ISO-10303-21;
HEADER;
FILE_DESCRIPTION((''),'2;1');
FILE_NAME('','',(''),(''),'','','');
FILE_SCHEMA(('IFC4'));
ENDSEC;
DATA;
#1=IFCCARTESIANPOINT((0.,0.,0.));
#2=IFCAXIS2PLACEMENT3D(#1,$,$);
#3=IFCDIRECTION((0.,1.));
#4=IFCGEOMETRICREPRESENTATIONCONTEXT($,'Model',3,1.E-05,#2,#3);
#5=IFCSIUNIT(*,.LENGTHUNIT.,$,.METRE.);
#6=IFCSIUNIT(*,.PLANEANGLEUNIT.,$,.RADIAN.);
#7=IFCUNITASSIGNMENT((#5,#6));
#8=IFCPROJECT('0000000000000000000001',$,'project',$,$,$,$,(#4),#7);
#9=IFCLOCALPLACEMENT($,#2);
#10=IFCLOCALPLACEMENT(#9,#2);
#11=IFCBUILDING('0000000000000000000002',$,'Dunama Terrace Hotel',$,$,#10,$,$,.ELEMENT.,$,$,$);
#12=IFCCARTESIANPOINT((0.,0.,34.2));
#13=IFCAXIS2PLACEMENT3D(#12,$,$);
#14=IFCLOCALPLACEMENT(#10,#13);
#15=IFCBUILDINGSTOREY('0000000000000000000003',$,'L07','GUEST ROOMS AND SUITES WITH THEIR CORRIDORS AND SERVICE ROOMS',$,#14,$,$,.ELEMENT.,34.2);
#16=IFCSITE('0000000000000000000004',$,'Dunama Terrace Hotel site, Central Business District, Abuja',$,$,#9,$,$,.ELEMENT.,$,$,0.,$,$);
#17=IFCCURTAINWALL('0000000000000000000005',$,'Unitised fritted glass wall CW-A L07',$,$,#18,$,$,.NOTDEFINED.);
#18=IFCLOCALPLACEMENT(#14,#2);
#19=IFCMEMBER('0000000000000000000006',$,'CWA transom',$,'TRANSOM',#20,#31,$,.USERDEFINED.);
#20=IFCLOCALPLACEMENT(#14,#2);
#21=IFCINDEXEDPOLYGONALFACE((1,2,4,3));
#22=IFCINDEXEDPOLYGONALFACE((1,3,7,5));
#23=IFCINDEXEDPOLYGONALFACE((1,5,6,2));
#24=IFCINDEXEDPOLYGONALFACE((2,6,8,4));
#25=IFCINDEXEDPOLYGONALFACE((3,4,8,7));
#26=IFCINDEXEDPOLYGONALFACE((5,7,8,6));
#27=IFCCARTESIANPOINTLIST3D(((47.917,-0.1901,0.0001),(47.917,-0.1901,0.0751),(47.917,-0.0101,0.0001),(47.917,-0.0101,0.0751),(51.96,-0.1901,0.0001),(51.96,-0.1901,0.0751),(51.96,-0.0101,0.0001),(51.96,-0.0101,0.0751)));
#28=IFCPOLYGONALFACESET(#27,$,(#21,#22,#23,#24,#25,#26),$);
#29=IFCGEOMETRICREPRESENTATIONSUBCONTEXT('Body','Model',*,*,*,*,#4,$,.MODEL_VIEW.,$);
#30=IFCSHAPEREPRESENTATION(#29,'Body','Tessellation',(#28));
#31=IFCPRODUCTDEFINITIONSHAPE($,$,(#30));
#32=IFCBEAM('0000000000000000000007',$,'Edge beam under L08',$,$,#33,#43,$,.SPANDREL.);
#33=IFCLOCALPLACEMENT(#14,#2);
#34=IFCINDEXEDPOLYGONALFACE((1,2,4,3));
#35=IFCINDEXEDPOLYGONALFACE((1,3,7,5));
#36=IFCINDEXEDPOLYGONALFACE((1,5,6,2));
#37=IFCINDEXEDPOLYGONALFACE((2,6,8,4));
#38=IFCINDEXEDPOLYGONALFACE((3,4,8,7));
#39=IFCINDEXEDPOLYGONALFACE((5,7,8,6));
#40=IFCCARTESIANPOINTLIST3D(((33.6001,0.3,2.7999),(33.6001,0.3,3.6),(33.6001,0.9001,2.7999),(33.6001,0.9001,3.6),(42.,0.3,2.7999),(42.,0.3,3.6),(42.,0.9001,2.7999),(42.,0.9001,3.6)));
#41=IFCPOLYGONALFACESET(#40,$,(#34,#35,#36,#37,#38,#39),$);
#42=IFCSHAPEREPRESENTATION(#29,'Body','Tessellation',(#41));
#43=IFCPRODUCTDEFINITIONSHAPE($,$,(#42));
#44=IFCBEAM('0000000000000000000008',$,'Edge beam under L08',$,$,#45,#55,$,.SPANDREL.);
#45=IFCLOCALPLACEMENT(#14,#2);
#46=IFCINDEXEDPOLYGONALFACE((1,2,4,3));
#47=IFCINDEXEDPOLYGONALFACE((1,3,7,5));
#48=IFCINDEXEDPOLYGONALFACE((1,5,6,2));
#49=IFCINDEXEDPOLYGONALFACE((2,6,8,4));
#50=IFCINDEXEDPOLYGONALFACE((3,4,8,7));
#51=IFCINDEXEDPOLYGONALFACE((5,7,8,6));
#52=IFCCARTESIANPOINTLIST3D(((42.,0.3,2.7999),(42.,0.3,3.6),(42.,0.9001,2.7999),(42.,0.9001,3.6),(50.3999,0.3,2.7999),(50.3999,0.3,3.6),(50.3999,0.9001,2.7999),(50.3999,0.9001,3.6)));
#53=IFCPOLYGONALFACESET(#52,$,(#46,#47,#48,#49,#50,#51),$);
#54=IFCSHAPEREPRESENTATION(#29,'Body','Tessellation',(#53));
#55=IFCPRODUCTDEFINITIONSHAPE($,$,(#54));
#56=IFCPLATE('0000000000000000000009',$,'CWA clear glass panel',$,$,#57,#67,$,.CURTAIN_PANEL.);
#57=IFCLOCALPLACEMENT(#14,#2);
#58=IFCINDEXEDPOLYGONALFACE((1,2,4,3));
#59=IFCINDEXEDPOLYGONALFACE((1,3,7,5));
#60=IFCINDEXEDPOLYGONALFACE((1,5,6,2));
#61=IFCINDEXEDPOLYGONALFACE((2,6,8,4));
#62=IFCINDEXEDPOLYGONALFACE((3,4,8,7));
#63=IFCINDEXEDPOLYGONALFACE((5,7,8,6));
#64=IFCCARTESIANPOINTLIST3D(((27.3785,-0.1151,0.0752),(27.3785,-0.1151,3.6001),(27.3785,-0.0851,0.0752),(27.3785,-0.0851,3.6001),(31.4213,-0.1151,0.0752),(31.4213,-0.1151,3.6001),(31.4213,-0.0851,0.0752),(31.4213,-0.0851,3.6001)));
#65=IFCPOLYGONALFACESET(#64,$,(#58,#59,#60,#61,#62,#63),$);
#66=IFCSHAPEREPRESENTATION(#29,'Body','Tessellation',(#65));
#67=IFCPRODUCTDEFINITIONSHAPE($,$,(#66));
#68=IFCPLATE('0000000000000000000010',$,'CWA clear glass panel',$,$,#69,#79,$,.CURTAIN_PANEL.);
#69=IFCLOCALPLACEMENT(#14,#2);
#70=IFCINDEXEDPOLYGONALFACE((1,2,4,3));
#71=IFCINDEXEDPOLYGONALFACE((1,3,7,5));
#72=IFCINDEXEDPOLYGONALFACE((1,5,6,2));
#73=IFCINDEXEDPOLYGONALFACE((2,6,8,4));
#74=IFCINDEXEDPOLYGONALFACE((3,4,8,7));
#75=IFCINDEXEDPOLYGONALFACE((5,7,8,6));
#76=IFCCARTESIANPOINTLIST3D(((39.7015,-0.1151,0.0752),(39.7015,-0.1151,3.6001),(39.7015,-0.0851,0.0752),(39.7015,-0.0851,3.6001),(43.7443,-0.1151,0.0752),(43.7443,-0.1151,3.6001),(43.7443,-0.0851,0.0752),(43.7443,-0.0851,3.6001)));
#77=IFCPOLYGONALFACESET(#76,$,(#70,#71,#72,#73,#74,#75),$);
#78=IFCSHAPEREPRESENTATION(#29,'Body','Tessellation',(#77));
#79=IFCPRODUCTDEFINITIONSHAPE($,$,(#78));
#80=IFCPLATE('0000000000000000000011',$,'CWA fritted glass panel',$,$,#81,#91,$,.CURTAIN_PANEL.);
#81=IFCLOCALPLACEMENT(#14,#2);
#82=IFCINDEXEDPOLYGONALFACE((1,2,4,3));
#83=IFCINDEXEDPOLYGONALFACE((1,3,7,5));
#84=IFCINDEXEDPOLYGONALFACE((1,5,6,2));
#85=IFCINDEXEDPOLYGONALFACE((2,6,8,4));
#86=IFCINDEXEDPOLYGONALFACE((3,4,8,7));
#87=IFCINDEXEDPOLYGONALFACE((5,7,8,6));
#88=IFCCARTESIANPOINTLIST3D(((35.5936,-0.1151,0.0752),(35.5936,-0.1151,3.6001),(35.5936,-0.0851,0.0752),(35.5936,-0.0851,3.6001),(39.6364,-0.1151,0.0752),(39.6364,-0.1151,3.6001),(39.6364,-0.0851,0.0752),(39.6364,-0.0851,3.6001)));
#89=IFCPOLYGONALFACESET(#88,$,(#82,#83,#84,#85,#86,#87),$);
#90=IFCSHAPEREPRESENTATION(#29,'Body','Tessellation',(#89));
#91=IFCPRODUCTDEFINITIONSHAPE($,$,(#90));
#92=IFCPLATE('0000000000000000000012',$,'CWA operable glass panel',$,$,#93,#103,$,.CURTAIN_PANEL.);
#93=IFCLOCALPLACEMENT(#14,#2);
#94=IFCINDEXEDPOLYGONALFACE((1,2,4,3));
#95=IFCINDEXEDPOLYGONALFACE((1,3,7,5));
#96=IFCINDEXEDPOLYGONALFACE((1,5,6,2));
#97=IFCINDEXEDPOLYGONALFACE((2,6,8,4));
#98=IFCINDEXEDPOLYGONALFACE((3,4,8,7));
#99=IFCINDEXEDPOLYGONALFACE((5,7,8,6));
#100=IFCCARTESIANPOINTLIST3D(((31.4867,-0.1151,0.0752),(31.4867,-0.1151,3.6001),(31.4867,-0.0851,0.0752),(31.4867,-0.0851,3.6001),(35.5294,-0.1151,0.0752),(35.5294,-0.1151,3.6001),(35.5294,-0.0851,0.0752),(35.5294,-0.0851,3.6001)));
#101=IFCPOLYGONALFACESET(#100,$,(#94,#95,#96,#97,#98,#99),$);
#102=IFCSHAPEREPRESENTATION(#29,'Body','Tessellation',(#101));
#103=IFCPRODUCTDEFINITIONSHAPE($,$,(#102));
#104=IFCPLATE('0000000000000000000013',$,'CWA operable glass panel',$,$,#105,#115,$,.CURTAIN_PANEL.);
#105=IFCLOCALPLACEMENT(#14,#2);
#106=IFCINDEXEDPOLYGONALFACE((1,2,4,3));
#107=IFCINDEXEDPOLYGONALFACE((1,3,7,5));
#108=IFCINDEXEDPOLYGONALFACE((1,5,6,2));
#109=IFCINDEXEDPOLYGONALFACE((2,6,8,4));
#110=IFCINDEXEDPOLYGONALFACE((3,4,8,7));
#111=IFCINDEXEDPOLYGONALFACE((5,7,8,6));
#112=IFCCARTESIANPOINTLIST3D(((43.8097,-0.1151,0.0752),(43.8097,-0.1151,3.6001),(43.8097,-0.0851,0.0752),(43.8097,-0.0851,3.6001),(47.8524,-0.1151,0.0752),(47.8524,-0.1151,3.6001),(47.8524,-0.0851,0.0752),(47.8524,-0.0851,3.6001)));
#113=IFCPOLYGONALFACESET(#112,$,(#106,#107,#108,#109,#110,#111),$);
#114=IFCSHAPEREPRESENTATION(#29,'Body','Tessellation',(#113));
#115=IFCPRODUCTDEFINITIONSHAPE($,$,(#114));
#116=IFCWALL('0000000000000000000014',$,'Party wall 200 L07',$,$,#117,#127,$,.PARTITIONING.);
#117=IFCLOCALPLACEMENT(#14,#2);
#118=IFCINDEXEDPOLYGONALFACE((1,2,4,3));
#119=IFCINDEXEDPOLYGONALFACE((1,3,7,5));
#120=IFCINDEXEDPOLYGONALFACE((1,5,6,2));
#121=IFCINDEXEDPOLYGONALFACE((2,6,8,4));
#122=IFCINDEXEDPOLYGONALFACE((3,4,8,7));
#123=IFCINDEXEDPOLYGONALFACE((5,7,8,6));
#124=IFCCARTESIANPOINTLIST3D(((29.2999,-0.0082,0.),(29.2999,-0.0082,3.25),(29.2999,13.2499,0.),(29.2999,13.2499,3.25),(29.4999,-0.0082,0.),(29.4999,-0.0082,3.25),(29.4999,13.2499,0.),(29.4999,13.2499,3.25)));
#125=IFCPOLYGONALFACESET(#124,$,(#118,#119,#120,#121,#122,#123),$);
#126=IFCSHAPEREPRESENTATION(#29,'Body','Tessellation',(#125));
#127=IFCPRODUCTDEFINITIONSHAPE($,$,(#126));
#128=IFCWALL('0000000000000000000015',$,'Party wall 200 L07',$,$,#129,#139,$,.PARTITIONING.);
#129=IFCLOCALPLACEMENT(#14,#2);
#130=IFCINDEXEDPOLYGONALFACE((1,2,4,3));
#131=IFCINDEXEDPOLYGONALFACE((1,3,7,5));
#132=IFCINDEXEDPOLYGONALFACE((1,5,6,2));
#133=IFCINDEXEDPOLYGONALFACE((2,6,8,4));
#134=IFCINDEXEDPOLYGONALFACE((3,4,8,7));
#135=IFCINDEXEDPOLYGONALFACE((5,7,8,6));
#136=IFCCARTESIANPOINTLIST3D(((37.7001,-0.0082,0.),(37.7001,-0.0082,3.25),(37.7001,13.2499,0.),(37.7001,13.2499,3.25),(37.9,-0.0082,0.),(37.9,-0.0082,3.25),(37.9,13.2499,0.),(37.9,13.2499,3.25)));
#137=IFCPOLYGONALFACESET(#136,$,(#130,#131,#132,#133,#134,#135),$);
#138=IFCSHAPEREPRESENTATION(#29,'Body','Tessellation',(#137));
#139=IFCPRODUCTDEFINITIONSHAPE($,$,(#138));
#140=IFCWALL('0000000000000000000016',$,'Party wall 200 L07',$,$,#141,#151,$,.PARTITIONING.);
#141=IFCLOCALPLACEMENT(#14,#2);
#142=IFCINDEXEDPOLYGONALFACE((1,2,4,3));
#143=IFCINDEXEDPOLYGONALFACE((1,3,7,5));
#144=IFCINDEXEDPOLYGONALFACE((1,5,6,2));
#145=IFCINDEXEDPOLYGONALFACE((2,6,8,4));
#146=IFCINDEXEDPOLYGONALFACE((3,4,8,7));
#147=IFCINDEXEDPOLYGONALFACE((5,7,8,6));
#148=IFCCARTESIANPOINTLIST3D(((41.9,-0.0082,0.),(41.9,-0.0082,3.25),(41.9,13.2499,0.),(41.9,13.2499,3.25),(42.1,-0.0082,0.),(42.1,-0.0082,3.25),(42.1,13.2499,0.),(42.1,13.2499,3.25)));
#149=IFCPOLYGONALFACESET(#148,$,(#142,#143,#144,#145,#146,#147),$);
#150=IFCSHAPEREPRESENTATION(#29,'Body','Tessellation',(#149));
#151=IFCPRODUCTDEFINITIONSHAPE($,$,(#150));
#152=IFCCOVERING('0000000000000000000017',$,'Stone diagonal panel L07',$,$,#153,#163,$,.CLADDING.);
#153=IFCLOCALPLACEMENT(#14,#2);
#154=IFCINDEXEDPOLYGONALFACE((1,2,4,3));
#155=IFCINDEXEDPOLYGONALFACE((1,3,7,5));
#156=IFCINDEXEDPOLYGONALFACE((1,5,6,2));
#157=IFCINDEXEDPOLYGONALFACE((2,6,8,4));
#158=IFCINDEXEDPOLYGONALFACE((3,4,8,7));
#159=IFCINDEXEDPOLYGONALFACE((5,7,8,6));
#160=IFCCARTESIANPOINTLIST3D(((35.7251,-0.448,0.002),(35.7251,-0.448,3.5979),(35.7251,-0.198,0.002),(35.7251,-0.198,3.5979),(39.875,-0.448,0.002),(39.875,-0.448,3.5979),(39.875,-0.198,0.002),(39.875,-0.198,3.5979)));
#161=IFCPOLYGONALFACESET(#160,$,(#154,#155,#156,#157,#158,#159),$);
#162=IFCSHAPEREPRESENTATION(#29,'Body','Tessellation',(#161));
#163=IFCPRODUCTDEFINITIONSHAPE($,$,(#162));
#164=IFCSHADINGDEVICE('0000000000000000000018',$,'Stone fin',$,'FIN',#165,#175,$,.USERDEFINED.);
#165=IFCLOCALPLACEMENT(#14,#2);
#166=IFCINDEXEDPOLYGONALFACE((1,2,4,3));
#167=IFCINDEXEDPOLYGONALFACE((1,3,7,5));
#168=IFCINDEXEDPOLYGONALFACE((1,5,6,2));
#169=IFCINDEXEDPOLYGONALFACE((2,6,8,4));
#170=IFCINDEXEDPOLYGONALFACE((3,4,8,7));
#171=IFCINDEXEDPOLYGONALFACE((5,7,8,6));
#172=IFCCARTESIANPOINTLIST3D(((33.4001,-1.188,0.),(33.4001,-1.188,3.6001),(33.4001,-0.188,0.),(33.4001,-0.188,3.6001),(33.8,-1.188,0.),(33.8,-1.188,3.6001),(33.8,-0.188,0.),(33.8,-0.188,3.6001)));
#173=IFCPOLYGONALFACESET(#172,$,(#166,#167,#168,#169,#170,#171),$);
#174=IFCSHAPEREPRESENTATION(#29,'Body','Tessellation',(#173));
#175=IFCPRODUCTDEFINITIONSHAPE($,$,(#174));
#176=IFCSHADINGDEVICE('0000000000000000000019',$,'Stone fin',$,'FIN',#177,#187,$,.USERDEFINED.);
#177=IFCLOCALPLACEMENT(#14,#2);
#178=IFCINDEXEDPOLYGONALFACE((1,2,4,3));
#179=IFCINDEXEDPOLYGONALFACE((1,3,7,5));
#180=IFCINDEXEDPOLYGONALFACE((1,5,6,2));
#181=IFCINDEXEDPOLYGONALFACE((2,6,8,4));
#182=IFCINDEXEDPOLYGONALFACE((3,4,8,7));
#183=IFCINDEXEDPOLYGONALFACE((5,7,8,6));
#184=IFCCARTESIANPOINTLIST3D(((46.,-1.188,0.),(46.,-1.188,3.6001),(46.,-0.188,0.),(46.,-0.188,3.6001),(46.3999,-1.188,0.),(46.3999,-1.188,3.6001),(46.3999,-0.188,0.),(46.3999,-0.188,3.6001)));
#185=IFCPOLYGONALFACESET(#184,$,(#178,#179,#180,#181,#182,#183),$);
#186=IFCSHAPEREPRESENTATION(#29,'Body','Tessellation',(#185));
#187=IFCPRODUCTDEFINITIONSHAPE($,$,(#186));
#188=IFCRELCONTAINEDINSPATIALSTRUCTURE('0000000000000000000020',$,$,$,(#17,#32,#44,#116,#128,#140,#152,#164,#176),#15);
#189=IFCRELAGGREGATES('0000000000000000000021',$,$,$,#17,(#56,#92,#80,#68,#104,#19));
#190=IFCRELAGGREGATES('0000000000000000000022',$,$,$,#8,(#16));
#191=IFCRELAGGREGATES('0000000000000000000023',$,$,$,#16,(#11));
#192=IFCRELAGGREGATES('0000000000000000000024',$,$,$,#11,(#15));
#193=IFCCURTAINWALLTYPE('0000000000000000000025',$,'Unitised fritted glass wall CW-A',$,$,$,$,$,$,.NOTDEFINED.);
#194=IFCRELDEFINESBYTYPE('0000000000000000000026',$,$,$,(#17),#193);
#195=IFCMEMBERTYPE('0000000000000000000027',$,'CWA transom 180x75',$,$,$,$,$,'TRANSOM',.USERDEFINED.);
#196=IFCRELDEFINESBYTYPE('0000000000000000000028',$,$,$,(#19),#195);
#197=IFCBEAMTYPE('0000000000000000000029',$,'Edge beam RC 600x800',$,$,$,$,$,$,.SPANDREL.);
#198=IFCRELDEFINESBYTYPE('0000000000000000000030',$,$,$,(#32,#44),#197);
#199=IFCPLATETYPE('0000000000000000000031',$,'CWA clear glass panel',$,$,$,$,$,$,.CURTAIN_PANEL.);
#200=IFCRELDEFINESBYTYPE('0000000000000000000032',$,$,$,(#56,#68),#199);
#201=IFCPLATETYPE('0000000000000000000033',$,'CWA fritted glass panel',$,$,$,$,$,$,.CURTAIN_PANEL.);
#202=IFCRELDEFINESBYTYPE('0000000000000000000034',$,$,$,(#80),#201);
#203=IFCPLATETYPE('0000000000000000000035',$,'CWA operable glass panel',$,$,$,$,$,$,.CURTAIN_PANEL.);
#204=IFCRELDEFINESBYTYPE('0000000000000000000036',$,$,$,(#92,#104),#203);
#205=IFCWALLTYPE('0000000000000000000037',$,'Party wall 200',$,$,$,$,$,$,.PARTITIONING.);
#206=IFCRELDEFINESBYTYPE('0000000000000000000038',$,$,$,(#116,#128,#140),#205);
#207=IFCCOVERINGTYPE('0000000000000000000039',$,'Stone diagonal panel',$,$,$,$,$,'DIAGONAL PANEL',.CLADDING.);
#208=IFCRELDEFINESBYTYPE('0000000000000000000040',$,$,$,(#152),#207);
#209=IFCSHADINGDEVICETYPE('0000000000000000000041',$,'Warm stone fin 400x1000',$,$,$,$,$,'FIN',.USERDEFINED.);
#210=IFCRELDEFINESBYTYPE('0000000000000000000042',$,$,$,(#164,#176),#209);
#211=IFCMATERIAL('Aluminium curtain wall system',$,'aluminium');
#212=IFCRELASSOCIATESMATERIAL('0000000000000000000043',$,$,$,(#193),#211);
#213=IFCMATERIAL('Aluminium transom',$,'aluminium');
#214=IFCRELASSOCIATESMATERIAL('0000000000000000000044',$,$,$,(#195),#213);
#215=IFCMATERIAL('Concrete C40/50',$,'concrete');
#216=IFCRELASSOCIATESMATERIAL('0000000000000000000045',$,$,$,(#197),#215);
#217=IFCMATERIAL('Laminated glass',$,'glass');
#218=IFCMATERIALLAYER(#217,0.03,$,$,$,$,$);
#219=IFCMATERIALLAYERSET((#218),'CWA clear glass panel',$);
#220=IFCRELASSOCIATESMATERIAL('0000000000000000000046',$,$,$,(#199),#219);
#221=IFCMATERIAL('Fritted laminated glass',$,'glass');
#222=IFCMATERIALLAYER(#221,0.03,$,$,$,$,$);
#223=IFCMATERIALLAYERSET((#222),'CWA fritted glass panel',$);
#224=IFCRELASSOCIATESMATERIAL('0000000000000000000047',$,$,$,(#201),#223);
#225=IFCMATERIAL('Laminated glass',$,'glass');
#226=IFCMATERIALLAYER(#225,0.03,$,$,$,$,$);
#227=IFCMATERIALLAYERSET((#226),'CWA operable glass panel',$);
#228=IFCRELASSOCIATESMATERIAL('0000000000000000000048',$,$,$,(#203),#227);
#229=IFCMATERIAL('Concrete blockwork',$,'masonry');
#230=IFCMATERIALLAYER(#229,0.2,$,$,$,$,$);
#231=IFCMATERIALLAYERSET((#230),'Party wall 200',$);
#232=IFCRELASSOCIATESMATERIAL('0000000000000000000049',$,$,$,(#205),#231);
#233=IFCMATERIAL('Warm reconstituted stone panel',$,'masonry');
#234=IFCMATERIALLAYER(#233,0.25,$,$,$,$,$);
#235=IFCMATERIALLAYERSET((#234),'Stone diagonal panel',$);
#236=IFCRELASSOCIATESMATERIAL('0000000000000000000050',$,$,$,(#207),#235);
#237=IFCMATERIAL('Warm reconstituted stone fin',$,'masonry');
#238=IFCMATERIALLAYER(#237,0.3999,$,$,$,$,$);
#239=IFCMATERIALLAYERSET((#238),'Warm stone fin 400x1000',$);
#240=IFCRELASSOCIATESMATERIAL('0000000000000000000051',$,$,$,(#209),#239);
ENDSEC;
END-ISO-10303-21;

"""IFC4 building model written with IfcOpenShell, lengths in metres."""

from ifc_helpers import new_model, si_unit, direction, frame, frame_2d, origin, origin_2d, place, context, subcontext, project, spatial, rectangle, extrude, material, layer, layer_set, material_profile, profile_set, type_object, element, aggregate, save


model = new_model("IFC4")

# Units and contexts
model_context = context("Model", 3, precision=1e-05, world=origin(), true_north=direction((0.0, 1.0)))
body_context = subcontext(model_context, "Body", "Model", "MODEL_VIEW")
ifc_project = project(units=[si_unit("LENGTHUNIT", "METRE"), si_unit("PLANEANGLEUNIT", "RADIAN")], contexts=[model_context])

# Site, building, storey
site_placement = place(None, origin())
site = spatial("IfcSite", under=ifc_project, at=site_placement, Name="Dunama Terrace Hotel site, Central Business District, Abuja", CompositionType="ELEMENT", RefElevation=0.0)
building_placement = place(site_placement, origin())
building = spatial("IfcBuilding", under=site, at=building_placement, Name="Dunama Terrace Hotel", CompositionType="ELEMENT")
storey_placement = place(building_placement, frame((0.0, 0.0, 34.2)))
storey = spatial("IfcBuildingStorey", under=building, at=storey_placement, Name="L07", Description="GUEST ROOMS AND SUITES WITH THEIR CORRIDORS AND SERVICE ROOMS", CompositionType="ELEMENT", Elevation=34.2)

# Curtain wall, member
ifc_material_1 = material(Name="Aluminium curtain wall system", Category="aluminium")
curtain_wall_type = type_object("IfcCurtainWallType", Name="Unitised fritted glass wall CW-A", PredefinedType="NOTDEFINED", material=ifc_material_1)
curtain_wall_placement = place(storey_placement, origin())
curtain_wall = element("IfcCurtainWall", 1, at=curtain_wall_placement, inside=storey, type_object=curtain_wall_type, Name="Unitised fritted glass wall CW-A L07", PredefinedType="NOTDEFINED")
ifc_material_2 = material(Name="Aluminium transom", Category="aluminium")
ifc_material_profile_1 = material_profile(ifc_material_2, rectangle(XDim=0.1799, YDim=0.075, at=origin_2d()), Name="CWA TRANSOM 180X75")
ifc_profile_set_1 = profile_set([ifc_material_profile_1], Name="Aluminium transom")
member_type_1 = type_object("IfcMemberType", Name="CWA transom 180x75", ElementType="TRANSOM", PredefinedType="USERDEFINED", material=ifc_profile_set_1)
member_1_placement = place(storey_placement, frame((47.917, -0.1001, 0.0376), z_axis=(1.0, 0.0, 0.0), x_axis=(0.0, 1.0, 0.0)))
member_1 = element("IfcMember", 2, at=member_1_placement, type_object=member_type_1, Name="CWA transom", ObjectType="TRANSOM", PredefinedType="USERDEFINED", context=body_context, shape_type="SweptSolid", body=[
    extrude(rectangle(XDim=0.1799, YDim=0.075, at=origin_2d()), origin(), (0.0, 0.0, 1.0), 4.043),
])

# Beams
ifc_material_3 = material(Name="Concrete C40/50", Category="concrete")
ifc_material_profile_2 = material_profile(ifc_material_3, rectangle(XDim=0.6001, YDim=0.8, at=origin_2d()), Name="RC 600x800")
ifc_profile_set_2 = profile_set([ifc_material_profile_2], Name="Concrete C40/50")
beam_type = type_object("IfcBeamType", Name="Edge beam RC 600x800", PredefinedType="SPANDREL", material=ifc_profile_set_2)
for number, where, z_axis, x_axis, name in (
    (3, (33.6001, 0.6001, 3.2), (1.0, 0.0, 0.0), (0.0, 1.0, 0.0), "Edge beam under L08"),
    (4, (42.0, 0.6001, 3.2), (1.0, 0.0, 0.0), (0.0, 1.0, 0.0), "Edge beam under L08"),
):
    element("IfcBeam", number, at=place(storey_placement, frame(where, z_axis=z_axis, x_axis=x_axis)), inside=storey, type_object=beam_type, Name=name, PredefinedType="SPANDREL", context=body_context, shape_type="SweptSolid", body=[
        extrude(rectangle(XDim=0.6001, YDim=0.8, at=origin_2d()), origin(), (0.0, 0.0, 1.0), 8.3999),
    ])

# Plates
ifc_material_4 = material(Name="Laminated glass", Category="glass")
ifc_layer_1 = layer(ifc_material_4, 0.03)
ifc_layer_set_1 = layer_set([ifc_layer_1], Name="CWA clear glass panel")
plate_type_1 = type_object("IfcPlateType", Name="CWA clear glass panel", PredefinedType="CURTAIN_PANEL", material=ifc_layer_set_1)
plate_1_placement = place(storey_placement, frame((29.3999, -0.1001, 0.0752), z_axis=(0.0, 0.0, 1.0), x_axis=(1.0, 0.0, 0.0)))
plate_1 = element("IfcPlate", 5, at=plate_1_placement, type_object=plate_type_1, Name="CWA clear glass panel", PredefinedType="CURTAIN_PANEL", context=body_context, shape_type="SweptSolid", body=[
    extrude(rectangle(XDim=4.0427, YDim=0.03, at=origin_2d()), origin(), (0.0, 0.0, 1.0), 3.5249),
])
plate_2_placement = place(storey_placement, frame((41.7229, -0.1001, 0.0752), z_axis=(0.0, 0.0, 1.0), x_axis=(1.0, 0.0, 0.0)))
plate_2 = element("IfcPlate", 6, at=plate_2_placement, type_object=plate_type_1, Name="CWA clear glass panel", PredefinedType="CURTAIN_PANEL", context=body_context, shape_type="SweptSolid", body=[
    extrude(rectangle(XDim=4.0427, YDim=0.03, at=origin_2d()), origin(), (0.0, 0.0, 1.0), 3.5249),
])
ifc_material_5 = material(Name="Fritted laminated glass", Category="glass")
ifc_layer_2 = layer(ifc_material_5, 0.03)
ifc_layer_set_2 = layer_set([ifc_layer_2], Name="CWA fritted glass panel")
plate_type_2 = type_object("IfcPlateType", Name="CWA fritted glass panel", PredefinedType="CURTAIN_PANEL", material=ifc_layer_set_2)
plate_3_placement = place(storey_placement, frame((37.615, -0.1001, 0.0752), z_axis=(0.0, 0.0, 1.0), x_axis=(1.0, 0.0, 0.0)))
plate_3 = element("IfcPlate", 7, at=plate_3_placement, type_object=plate_type_2, Name="CWA fritted glass panel", PredefinedType="CURTAIN_PANEL", context=body_context, shape_type="SweptSolid", body=[
    extrude(rectangle(XDim=4.0427, YDim=0.03, at=origin_2d()), origin(), (0.0, 0.0, 1.0), 3.5249),
])
ifc_material_6 = material(Name="Laminated glass", Category="glass")
ifc_layer_3 = layer(ifc_material_6, 0.03)
ifc_layer_set_3 = layer_set([ifc_layer_3], Name="CWA operable glass panel")
plate_type_3 = type_object("IfcPlateType", Name="CWA operable glass panel", PredefinedType="CURTAIN_PANEL", material=ifc_layer_set_3)
plate_4_placement = place(storey_placement, frame((33.5081, -0.1001, 0.0752), z_axis=(0.0, 0.0, 1.0), x_axis=(1.0, 0.0, 0.0)))
plate_4 = element("IfcPlate", 8, at=plate_4_placement, type_object=plate_type_3, Name="CWA operable glass panel", PredefinedType="CURTAIN_PANEL", context=body_context, shape_type="SweptSolid", body=[
    extrude(rectangle(XDim=4.0427, YDim=0.03, at=origin_2d()), origin(), (0.0, 0.0, 1.0), 3.5249),
])
plate_5_placement = place(storey_placement, frame((45.8311, -0.1001, 0.0752), z_axis=(0.0, 0.0, 1.0), x_axis=(1.0, 0.0, 0.0)))
plate_5 = element("IfcPlate", 9, at=plate_5_placement, type_object=plate_type_3, Name="CWA operable glass panel", PredefinedType="CURTAIN_PANEL", context=body_context, shape_type="SweptSolid", body=[
    extrude(rectangle(XDim=4.0427, YDim=0.03, at=origin_2d()), origin(), (0.0, 0.0, 1.0), 3.5249),
])
aggregate(curtain_wall, [plate_1, plate_4, plate_3, plate_2, plate_5, member_1])

# Walls
ifc_material_7 = material(Name="Concrete blockwork", Category="masonry")
ifc_layer_4 = layer(ifc_material_7, 0.2)
ifc_layer_set_4 = layer_set([ifc_layer_4], Name="Party wall 200")
wall_type = type_object("IfcWallType", Name="Party wall 200", PredefinedType="PARTITIONING", material=ifc_layer_set_4)
for number, where, z_axis, x_axis, name in (
    (10, (29.3999, -0.0081, 0.0), (0.0, 0.0, 1.0), (0.0, 1.0, 0.0), "Party wall 200 L07"),
    (11, (37.8, -0.0081, 0.0), (0.0, 0.0, 1.0), (0.0, 1.0, 0.0), "Party wall 200 L07"),
    (12, (42.0, -0.0081, 0.0), (0.0, 0.0, 1.0), (0.0, 1.0, 0.0), "Party wall 200 L07"),
):
    element("IfcWall", number, at=place(storey_placement, frame(where, z_axis=z_axis, x_axis=x_axis)), inside=storey, type_object=wall_type, Name=name, PredefinedType="PARTITIONING", context=body_context, shape_type="SweptSolid", body=[
        extrude(rectangle(XDim=13.2581, YDim=0.2, at=frame_2d((6.6289, 0.0))), origin(), (0.0, 0.0, 1.0), 3.25),
    ])

# Covering
ifc_material_8 = material(Name="Warm reconstituted stone panel", Category="masonry")
ifc_layer_5 = layer(ifc_material_8, 0.25)
ifc_layer_set_5 = layer_set([ifc_layer_5], Name="Stone diagonal panel")
covering_type = type_object("IfcCoveringType", Name="Stone diagonal panel", ElementType="DIAGONAL PANEL", PredefinedType="CLADDING", material=ifc_layer_set_5)
covering_placement = place(storey_placement, frame((37.8, -0.323, 0.002), z_axis=(0.0, 0.0, 1.0), x_axis=(1.0, 0.0, 0.0)))
element("IfcCovering", 13, at=covering_placement, inside=storey, type_object=covering_type, Name="Stone diagonal panel L07", PredefinedType="CLADDING", context=body_context, shape_type="SweptSolid", body=[
    extrude(rectangle(XDim=4.1499, YDim=0.25, at=origin_2d()), origin(), (0.0, 0.0, 1.0), 3.5959),
])

# Shading devices
ifc_material_9 = material(Name="Warm reconstituted stone fin", Category="masonry")
ifc_layer_6 = layer(ifc_material_9, 0.3999)
ifc_layer_set_6 = layer_set([ifc_layer_6], Name="Warm stone fin 400x1000")
shading_device_type = type_object("IfcShadingDeviceType", Name="Warm stone fin 400x1000", ElementType="FIN", PredefinedType="USERDEFINED", material=ifc_layer_set_6)
for number, where, z_axis, x_axis, name in (
    (14, (33.6001, -0.688, 0.0), (0.0, 0.0, 1.0), (1.0, 0.0, 0.0), "Stone fin"),
    (15, (46.2, -0.688, 0.0), (0.0, 0.0, 1.0), (1.0, 0.0, 0.0), "Stone fin"),
):
    element("IfcShadingDevice", number, at=place(storey_placement, frame(where, z_axis=z_axis, x_axis=x_axis)), inside=storey, type_object=shading_device_type, Name=name, ObjectType="FIN", PredefinedType="USERDEFINED", context=body_context, shape_type="SweptSolid", body=[
        extrude(rectangle(XDim=0.3999, YDim=1.0, at=origin_2d()), origin(), (0.0, 0.0, 1.0), 3.6001),
    ])

save(model, "model.ifc")
